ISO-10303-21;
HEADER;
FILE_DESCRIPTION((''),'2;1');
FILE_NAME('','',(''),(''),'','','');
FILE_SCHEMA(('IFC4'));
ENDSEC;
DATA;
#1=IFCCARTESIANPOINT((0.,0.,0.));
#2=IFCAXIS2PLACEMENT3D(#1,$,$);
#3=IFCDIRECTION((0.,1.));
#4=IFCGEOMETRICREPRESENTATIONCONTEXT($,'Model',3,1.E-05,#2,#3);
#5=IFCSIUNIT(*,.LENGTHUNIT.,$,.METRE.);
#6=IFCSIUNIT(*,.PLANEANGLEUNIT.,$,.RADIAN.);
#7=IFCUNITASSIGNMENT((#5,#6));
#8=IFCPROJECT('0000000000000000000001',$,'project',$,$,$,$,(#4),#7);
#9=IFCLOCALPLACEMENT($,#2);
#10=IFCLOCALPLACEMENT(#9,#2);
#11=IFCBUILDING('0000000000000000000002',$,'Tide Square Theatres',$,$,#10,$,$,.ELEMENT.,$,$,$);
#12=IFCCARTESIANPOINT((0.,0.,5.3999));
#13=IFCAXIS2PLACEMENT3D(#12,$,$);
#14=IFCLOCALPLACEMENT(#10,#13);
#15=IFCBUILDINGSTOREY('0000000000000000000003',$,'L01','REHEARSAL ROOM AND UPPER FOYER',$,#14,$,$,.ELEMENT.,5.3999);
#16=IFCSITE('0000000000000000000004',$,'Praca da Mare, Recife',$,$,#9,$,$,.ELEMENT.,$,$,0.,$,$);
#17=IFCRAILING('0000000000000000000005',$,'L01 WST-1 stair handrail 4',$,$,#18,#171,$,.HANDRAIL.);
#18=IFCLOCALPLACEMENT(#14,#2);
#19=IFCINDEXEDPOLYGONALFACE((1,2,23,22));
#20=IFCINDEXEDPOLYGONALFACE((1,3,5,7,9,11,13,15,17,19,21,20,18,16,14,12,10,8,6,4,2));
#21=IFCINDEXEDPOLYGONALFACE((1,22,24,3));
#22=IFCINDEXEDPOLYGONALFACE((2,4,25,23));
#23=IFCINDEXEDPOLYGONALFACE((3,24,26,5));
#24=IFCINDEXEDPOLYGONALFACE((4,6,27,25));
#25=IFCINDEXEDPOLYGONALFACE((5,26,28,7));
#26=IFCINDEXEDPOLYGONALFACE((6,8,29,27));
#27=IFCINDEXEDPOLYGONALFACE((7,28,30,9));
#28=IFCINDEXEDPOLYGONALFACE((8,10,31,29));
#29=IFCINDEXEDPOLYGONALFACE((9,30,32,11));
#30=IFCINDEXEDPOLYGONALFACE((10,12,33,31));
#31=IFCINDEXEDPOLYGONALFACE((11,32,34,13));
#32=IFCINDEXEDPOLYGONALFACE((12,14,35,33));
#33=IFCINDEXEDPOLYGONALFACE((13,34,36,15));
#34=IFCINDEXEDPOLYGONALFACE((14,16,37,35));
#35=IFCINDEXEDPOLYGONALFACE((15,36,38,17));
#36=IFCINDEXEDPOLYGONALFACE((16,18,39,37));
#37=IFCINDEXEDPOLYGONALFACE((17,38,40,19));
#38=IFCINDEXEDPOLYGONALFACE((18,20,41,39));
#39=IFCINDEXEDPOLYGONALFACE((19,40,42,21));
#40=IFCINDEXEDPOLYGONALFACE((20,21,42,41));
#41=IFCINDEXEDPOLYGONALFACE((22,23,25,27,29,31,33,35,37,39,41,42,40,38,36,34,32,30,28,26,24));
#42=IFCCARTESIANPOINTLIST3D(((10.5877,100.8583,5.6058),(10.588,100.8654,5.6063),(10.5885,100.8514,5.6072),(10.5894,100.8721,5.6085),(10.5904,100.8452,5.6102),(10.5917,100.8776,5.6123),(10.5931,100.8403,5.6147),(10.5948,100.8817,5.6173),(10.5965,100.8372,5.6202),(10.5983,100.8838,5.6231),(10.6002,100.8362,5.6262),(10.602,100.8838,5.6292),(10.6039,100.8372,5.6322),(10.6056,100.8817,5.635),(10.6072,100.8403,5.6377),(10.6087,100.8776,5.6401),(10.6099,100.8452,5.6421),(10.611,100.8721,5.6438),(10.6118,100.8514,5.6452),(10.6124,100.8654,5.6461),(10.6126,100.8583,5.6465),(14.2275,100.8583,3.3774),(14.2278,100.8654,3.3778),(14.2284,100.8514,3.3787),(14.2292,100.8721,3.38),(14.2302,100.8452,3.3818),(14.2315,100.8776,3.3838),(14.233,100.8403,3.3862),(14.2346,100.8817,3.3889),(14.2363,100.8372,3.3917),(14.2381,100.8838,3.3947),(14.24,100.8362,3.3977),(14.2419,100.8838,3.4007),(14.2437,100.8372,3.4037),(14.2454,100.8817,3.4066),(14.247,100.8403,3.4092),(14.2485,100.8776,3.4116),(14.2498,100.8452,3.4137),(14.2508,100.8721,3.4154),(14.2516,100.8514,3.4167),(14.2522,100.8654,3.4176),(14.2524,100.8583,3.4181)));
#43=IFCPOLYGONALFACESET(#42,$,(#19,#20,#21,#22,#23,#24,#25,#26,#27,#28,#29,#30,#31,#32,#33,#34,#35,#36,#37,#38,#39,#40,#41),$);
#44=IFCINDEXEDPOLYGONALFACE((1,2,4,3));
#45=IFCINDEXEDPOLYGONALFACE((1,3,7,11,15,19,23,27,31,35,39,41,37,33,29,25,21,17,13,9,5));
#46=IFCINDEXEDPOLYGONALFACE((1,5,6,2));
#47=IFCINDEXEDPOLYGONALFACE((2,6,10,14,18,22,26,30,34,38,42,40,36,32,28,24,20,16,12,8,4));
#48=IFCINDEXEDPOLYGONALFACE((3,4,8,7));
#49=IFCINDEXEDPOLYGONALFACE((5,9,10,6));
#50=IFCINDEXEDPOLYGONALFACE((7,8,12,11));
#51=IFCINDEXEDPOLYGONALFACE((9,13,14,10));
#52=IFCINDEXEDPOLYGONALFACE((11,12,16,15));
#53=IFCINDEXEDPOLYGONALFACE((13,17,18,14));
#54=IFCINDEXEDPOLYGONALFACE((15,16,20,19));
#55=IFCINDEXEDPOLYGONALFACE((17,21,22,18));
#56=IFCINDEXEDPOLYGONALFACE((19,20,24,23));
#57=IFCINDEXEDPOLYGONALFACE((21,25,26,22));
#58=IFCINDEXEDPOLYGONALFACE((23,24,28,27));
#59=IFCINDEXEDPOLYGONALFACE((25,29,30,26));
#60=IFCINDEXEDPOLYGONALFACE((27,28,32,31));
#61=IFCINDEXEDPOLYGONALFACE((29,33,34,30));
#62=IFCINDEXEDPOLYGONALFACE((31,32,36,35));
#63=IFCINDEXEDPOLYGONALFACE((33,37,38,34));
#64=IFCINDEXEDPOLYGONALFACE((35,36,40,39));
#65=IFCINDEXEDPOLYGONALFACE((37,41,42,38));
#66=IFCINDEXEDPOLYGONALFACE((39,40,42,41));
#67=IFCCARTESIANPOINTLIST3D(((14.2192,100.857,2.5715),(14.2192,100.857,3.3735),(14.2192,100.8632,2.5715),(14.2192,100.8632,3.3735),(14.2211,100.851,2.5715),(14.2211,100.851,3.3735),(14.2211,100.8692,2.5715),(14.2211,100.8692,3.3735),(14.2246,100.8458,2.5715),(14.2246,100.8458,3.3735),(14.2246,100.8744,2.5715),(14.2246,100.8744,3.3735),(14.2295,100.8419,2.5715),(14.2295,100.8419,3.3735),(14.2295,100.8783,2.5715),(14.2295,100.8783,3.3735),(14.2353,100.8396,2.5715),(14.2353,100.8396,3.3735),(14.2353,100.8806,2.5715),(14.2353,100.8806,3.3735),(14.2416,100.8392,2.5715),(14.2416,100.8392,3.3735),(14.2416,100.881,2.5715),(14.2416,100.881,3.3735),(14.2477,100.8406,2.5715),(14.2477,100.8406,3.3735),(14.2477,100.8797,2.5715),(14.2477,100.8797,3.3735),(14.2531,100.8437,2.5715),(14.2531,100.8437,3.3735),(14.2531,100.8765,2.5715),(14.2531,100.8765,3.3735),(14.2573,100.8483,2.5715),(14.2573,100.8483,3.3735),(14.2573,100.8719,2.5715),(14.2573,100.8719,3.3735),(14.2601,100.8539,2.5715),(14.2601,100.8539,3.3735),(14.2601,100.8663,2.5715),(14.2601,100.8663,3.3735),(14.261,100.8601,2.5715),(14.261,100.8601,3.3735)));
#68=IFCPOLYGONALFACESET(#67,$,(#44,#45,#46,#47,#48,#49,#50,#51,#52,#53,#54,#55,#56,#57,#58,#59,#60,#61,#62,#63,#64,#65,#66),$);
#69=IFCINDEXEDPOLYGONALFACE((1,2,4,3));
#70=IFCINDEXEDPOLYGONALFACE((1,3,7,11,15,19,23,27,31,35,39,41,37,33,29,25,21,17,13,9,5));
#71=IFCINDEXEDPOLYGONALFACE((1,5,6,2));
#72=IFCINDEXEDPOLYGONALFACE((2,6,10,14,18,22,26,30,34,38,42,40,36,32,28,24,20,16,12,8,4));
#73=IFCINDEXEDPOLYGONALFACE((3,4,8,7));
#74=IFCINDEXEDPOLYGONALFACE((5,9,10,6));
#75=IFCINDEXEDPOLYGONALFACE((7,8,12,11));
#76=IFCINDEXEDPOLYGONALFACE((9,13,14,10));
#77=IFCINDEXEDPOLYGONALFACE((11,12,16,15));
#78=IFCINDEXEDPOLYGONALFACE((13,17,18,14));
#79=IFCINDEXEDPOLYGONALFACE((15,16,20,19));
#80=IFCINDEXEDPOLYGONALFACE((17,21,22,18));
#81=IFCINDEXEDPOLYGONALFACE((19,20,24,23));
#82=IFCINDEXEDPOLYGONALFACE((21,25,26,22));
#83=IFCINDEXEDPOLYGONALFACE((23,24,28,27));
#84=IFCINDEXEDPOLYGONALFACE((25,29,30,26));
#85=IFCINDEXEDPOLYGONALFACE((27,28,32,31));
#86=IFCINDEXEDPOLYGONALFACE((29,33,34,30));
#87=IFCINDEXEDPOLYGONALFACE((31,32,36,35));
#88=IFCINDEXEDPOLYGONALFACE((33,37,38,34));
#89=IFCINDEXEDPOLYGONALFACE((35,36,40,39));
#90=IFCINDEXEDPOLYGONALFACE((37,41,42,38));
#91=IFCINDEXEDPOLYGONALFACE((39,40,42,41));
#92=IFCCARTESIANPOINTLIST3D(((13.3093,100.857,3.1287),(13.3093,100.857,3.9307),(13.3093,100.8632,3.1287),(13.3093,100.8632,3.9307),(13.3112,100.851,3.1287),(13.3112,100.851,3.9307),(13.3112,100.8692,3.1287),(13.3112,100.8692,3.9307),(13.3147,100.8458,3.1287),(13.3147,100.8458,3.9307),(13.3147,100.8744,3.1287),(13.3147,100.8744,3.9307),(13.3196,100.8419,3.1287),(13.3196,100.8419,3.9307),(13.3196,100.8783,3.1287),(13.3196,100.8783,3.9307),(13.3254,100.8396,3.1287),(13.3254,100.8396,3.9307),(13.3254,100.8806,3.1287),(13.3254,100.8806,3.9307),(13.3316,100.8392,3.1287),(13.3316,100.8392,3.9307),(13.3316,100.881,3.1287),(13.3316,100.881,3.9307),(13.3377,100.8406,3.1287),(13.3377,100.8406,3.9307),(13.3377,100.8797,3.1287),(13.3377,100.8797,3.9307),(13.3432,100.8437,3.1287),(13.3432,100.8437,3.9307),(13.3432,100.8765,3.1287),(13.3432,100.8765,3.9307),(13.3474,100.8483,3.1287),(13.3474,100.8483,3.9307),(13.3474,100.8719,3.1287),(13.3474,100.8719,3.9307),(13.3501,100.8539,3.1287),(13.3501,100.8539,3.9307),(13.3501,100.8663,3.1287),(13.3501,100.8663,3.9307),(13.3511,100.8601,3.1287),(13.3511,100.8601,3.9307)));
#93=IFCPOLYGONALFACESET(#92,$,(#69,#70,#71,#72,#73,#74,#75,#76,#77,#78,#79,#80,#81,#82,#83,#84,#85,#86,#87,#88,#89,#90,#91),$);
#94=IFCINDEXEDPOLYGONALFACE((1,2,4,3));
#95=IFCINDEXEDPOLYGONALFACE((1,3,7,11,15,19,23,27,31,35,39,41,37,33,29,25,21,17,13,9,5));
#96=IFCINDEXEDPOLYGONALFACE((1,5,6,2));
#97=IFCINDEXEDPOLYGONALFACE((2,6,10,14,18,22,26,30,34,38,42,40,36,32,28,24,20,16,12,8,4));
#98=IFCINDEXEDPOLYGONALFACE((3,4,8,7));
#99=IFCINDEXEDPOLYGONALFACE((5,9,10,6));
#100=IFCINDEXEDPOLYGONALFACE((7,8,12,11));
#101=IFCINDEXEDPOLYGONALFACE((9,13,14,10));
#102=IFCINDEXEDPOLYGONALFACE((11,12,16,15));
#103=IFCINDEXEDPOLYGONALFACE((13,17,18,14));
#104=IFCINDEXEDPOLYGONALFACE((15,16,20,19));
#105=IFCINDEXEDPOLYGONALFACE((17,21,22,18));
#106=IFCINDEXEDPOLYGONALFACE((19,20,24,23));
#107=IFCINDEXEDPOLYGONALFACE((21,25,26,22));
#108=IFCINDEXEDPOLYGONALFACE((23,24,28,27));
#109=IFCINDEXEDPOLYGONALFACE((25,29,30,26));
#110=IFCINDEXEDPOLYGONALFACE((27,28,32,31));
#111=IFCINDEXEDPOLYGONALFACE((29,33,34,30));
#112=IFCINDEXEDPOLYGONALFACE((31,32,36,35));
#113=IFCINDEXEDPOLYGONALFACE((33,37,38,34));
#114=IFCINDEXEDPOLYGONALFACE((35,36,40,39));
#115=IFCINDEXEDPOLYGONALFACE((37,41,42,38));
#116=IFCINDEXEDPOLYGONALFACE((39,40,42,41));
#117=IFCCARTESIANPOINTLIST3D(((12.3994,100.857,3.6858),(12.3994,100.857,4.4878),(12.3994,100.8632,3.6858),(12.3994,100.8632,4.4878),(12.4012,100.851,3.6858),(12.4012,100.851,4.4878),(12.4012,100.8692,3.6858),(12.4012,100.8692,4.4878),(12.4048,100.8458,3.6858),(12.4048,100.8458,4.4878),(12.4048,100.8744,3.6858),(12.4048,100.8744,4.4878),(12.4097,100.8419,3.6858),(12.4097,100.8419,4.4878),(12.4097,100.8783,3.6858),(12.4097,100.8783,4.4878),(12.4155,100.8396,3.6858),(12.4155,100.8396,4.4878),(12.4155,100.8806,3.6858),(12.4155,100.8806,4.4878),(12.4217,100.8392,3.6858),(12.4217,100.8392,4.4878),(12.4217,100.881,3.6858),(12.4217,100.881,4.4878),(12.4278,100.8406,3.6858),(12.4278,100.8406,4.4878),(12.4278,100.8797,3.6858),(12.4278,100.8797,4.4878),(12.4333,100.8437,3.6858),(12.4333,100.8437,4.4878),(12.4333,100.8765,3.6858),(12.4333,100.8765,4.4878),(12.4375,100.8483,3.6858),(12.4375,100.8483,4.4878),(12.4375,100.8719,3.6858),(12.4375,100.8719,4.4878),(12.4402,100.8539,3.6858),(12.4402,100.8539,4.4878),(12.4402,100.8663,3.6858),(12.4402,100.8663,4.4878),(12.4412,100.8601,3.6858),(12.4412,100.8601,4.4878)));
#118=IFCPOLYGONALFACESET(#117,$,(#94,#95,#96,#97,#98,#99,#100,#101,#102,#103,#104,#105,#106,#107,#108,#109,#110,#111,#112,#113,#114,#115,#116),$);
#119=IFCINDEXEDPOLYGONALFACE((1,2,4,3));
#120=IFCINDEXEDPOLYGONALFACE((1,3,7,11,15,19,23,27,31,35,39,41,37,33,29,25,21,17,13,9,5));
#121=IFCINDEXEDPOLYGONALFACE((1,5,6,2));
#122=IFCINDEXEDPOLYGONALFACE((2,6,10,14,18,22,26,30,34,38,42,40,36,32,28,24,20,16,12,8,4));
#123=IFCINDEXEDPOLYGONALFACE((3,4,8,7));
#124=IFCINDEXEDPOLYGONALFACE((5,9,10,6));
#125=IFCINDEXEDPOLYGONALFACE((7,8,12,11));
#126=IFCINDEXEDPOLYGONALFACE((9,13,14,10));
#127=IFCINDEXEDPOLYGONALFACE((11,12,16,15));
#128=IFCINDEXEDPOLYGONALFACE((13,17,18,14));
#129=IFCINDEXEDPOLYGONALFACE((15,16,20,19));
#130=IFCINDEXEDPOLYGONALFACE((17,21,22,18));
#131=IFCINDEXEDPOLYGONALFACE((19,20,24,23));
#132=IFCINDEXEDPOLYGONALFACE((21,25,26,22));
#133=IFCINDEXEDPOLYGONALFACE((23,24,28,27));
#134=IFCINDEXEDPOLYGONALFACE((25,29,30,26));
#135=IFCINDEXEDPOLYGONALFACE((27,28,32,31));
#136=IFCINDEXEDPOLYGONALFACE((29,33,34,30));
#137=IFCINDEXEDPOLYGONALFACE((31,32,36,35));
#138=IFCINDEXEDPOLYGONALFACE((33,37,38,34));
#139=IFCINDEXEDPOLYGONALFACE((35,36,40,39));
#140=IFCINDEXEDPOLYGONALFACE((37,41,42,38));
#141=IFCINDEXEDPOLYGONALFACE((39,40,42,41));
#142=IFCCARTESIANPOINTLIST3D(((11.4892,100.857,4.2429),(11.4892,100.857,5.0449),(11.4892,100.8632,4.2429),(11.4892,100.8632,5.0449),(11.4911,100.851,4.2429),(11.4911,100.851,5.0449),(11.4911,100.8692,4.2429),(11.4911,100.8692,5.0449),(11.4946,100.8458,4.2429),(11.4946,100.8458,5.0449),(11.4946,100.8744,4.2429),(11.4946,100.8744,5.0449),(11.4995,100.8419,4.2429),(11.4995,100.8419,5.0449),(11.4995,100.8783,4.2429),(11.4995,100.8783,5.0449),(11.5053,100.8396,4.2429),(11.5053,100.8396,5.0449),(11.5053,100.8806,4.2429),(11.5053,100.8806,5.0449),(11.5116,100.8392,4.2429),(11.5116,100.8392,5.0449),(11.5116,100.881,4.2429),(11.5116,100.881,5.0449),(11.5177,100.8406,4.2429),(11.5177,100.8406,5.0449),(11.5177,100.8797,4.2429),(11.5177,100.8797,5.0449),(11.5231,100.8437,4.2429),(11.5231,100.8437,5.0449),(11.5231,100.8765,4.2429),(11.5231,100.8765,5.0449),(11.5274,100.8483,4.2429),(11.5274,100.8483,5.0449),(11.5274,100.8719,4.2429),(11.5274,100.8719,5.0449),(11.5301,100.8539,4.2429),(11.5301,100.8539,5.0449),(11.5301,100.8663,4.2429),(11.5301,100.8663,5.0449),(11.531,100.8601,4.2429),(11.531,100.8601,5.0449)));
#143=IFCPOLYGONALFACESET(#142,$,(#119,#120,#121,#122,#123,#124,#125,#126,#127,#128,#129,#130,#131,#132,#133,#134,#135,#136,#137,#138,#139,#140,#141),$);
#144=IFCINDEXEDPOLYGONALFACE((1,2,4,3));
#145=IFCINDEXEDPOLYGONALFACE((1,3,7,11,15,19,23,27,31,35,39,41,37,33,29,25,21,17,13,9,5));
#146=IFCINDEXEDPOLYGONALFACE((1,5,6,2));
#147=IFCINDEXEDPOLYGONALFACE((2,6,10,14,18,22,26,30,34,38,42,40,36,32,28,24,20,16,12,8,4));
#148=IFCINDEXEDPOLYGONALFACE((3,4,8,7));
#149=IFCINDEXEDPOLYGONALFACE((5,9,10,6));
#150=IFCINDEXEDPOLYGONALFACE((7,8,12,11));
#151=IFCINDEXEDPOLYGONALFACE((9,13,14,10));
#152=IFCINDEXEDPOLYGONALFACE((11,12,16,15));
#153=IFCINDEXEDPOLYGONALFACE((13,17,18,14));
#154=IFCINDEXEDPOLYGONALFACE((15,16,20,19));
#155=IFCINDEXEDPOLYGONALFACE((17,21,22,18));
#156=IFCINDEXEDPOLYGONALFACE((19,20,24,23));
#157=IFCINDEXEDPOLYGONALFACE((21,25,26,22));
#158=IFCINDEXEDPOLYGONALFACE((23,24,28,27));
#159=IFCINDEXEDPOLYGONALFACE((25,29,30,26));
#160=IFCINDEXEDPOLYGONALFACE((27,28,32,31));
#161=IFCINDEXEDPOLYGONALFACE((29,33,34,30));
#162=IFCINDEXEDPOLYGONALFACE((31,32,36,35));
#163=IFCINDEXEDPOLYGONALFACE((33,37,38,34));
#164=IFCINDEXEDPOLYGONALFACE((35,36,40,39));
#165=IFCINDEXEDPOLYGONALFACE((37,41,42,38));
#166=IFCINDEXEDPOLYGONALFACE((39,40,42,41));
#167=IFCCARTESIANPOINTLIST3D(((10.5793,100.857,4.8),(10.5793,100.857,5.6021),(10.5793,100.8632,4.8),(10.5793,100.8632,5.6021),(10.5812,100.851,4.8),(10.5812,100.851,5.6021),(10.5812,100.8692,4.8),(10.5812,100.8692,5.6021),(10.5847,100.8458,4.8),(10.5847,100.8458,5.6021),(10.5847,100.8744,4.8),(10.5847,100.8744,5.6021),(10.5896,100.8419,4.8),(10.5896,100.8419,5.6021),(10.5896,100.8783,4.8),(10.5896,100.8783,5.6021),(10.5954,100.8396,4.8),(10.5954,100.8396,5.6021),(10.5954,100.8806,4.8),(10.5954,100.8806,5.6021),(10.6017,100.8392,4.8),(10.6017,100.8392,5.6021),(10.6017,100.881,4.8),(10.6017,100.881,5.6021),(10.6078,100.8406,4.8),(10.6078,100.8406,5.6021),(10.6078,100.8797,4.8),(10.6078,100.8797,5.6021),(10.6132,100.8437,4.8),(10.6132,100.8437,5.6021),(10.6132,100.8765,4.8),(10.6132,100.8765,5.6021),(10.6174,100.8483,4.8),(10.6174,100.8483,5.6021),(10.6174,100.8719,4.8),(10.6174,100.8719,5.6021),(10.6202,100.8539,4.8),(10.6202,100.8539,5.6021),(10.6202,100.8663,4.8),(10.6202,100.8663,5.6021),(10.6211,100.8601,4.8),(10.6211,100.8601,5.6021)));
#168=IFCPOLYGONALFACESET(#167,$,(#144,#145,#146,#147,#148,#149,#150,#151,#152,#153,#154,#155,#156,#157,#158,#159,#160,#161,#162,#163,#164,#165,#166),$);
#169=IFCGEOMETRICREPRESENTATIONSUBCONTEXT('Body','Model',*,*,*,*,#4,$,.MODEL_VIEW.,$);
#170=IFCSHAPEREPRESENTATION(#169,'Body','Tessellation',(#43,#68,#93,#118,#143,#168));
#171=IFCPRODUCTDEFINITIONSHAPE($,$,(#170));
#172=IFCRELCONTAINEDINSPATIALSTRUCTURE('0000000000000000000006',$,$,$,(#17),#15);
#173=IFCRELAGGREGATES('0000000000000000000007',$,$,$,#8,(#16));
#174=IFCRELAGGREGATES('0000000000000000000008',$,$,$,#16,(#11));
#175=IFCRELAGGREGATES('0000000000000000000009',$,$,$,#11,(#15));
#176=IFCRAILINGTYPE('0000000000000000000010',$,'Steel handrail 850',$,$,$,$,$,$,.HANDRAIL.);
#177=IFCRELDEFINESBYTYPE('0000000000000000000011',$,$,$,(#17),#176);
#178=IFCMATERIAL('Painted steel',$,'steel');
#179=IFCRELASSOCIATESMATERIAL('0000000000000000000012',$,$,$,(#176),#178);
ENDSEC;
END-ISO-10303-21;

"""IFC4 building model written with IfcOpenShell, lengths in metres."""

from ifc_helpers import new_model, si_unit, direction, frame, origin, origin_2d, place, context, subcontext, project, spatial, circle, extrude, material, type_object, element, save


model = new_model("IFC4")

# Units and contexts
model_context = context("Model", 3, precision=1e-05, world=origin(), true_north=direction((0.0, 1.0)))
body_context = subcontext(model_context, "Body", "Model", "MODEL_VIEW")
ifc_project = project(units=[si_unit("LENGTHUNIT", "METRE"), si_unit("PLANEANGLEUNIT", "RADIAN")], contexts=[model_context])

# Site, building, storey
site_placement = place(None, origin())
site = spatial("IfcSite", under=ifc_project, at=site_placement, Name="Praca da Mare, Recife", CompositionType="ELEMENT", RefElevation=0.0)
building_placement = place(site_placement, origin())
building = spatial("IfcBuilding", under=site, at=building_placement, Name="Tide Square Theatres", CompositionType="ELEMENT")
storey_placement = place(building_placement, frame((0.0, 0.0, 5.3999)))
storey = spatial("IfcBuildingStorey", under=building, at=storey_placement, Name="L01", Description="REHEARSAL ROOM AND UPPER FOYER", CompositionType="ELEMENT", Elevation=5.3999)

# Railing
ifc_material_1 = material(Name="Painted steel", Category="steel")
railing_type_1 = type_object("IfcRailingType", Name="Steel handrail 850", PredefinedType="HANDRAIL", material=ifc_material_1)
for number, where, name in (
    (1, (14.24, 100.8601, 2.5715), "L01 WST-1 stair handrail 4"),
):
    element("IfcRailing", number, at=place(storey_placement, frame(where)), inside=storey, type_object=railing_type_1, Name=name, PredefinedType="HANDRAIL", context=body_context, shape_type="SweptSolid", body=[
        extrude(circle(Radius=0.0239, at=origin_2d()), frame((0.0, 0.0, 0.8262), z_axis=(-0.85285, 0.0, 0.522156), x_axis=(0.0, -1.0, 0.0)), (0.0, 0.0, 1.0), 4.2678),
        extrude(circle(Radius=0.021, at=origin_2d()), origin(), (0.0, 0.0, 1.0), 0.802),
        extrude(circle(Radius=0.021, at=origin_2d()), frame((-0.9099, 0.0, 0.5571)), (0.0, 0.0, 1.0), 0.802),
        extrude(circle(Radius=0.021, at=origin_2d()), frame((-1.8198, 0.0, 1.1143)), (0.0, 0.0, 1.0), 0.802),
        extrude(circle(Radius=0.021, at=origin_2d()), frame((-2.73, 0.0, 1.6714)), (0.0, 0.0, 1.0), 0.802),
        extrude(circle(Radius=0.021, at=origin_2d()), frame((-3.6399, 0.0, 2.2285)), (0.0, 0.0, 1.0), 0.802),
    ])

save(model, "model.ifc")
